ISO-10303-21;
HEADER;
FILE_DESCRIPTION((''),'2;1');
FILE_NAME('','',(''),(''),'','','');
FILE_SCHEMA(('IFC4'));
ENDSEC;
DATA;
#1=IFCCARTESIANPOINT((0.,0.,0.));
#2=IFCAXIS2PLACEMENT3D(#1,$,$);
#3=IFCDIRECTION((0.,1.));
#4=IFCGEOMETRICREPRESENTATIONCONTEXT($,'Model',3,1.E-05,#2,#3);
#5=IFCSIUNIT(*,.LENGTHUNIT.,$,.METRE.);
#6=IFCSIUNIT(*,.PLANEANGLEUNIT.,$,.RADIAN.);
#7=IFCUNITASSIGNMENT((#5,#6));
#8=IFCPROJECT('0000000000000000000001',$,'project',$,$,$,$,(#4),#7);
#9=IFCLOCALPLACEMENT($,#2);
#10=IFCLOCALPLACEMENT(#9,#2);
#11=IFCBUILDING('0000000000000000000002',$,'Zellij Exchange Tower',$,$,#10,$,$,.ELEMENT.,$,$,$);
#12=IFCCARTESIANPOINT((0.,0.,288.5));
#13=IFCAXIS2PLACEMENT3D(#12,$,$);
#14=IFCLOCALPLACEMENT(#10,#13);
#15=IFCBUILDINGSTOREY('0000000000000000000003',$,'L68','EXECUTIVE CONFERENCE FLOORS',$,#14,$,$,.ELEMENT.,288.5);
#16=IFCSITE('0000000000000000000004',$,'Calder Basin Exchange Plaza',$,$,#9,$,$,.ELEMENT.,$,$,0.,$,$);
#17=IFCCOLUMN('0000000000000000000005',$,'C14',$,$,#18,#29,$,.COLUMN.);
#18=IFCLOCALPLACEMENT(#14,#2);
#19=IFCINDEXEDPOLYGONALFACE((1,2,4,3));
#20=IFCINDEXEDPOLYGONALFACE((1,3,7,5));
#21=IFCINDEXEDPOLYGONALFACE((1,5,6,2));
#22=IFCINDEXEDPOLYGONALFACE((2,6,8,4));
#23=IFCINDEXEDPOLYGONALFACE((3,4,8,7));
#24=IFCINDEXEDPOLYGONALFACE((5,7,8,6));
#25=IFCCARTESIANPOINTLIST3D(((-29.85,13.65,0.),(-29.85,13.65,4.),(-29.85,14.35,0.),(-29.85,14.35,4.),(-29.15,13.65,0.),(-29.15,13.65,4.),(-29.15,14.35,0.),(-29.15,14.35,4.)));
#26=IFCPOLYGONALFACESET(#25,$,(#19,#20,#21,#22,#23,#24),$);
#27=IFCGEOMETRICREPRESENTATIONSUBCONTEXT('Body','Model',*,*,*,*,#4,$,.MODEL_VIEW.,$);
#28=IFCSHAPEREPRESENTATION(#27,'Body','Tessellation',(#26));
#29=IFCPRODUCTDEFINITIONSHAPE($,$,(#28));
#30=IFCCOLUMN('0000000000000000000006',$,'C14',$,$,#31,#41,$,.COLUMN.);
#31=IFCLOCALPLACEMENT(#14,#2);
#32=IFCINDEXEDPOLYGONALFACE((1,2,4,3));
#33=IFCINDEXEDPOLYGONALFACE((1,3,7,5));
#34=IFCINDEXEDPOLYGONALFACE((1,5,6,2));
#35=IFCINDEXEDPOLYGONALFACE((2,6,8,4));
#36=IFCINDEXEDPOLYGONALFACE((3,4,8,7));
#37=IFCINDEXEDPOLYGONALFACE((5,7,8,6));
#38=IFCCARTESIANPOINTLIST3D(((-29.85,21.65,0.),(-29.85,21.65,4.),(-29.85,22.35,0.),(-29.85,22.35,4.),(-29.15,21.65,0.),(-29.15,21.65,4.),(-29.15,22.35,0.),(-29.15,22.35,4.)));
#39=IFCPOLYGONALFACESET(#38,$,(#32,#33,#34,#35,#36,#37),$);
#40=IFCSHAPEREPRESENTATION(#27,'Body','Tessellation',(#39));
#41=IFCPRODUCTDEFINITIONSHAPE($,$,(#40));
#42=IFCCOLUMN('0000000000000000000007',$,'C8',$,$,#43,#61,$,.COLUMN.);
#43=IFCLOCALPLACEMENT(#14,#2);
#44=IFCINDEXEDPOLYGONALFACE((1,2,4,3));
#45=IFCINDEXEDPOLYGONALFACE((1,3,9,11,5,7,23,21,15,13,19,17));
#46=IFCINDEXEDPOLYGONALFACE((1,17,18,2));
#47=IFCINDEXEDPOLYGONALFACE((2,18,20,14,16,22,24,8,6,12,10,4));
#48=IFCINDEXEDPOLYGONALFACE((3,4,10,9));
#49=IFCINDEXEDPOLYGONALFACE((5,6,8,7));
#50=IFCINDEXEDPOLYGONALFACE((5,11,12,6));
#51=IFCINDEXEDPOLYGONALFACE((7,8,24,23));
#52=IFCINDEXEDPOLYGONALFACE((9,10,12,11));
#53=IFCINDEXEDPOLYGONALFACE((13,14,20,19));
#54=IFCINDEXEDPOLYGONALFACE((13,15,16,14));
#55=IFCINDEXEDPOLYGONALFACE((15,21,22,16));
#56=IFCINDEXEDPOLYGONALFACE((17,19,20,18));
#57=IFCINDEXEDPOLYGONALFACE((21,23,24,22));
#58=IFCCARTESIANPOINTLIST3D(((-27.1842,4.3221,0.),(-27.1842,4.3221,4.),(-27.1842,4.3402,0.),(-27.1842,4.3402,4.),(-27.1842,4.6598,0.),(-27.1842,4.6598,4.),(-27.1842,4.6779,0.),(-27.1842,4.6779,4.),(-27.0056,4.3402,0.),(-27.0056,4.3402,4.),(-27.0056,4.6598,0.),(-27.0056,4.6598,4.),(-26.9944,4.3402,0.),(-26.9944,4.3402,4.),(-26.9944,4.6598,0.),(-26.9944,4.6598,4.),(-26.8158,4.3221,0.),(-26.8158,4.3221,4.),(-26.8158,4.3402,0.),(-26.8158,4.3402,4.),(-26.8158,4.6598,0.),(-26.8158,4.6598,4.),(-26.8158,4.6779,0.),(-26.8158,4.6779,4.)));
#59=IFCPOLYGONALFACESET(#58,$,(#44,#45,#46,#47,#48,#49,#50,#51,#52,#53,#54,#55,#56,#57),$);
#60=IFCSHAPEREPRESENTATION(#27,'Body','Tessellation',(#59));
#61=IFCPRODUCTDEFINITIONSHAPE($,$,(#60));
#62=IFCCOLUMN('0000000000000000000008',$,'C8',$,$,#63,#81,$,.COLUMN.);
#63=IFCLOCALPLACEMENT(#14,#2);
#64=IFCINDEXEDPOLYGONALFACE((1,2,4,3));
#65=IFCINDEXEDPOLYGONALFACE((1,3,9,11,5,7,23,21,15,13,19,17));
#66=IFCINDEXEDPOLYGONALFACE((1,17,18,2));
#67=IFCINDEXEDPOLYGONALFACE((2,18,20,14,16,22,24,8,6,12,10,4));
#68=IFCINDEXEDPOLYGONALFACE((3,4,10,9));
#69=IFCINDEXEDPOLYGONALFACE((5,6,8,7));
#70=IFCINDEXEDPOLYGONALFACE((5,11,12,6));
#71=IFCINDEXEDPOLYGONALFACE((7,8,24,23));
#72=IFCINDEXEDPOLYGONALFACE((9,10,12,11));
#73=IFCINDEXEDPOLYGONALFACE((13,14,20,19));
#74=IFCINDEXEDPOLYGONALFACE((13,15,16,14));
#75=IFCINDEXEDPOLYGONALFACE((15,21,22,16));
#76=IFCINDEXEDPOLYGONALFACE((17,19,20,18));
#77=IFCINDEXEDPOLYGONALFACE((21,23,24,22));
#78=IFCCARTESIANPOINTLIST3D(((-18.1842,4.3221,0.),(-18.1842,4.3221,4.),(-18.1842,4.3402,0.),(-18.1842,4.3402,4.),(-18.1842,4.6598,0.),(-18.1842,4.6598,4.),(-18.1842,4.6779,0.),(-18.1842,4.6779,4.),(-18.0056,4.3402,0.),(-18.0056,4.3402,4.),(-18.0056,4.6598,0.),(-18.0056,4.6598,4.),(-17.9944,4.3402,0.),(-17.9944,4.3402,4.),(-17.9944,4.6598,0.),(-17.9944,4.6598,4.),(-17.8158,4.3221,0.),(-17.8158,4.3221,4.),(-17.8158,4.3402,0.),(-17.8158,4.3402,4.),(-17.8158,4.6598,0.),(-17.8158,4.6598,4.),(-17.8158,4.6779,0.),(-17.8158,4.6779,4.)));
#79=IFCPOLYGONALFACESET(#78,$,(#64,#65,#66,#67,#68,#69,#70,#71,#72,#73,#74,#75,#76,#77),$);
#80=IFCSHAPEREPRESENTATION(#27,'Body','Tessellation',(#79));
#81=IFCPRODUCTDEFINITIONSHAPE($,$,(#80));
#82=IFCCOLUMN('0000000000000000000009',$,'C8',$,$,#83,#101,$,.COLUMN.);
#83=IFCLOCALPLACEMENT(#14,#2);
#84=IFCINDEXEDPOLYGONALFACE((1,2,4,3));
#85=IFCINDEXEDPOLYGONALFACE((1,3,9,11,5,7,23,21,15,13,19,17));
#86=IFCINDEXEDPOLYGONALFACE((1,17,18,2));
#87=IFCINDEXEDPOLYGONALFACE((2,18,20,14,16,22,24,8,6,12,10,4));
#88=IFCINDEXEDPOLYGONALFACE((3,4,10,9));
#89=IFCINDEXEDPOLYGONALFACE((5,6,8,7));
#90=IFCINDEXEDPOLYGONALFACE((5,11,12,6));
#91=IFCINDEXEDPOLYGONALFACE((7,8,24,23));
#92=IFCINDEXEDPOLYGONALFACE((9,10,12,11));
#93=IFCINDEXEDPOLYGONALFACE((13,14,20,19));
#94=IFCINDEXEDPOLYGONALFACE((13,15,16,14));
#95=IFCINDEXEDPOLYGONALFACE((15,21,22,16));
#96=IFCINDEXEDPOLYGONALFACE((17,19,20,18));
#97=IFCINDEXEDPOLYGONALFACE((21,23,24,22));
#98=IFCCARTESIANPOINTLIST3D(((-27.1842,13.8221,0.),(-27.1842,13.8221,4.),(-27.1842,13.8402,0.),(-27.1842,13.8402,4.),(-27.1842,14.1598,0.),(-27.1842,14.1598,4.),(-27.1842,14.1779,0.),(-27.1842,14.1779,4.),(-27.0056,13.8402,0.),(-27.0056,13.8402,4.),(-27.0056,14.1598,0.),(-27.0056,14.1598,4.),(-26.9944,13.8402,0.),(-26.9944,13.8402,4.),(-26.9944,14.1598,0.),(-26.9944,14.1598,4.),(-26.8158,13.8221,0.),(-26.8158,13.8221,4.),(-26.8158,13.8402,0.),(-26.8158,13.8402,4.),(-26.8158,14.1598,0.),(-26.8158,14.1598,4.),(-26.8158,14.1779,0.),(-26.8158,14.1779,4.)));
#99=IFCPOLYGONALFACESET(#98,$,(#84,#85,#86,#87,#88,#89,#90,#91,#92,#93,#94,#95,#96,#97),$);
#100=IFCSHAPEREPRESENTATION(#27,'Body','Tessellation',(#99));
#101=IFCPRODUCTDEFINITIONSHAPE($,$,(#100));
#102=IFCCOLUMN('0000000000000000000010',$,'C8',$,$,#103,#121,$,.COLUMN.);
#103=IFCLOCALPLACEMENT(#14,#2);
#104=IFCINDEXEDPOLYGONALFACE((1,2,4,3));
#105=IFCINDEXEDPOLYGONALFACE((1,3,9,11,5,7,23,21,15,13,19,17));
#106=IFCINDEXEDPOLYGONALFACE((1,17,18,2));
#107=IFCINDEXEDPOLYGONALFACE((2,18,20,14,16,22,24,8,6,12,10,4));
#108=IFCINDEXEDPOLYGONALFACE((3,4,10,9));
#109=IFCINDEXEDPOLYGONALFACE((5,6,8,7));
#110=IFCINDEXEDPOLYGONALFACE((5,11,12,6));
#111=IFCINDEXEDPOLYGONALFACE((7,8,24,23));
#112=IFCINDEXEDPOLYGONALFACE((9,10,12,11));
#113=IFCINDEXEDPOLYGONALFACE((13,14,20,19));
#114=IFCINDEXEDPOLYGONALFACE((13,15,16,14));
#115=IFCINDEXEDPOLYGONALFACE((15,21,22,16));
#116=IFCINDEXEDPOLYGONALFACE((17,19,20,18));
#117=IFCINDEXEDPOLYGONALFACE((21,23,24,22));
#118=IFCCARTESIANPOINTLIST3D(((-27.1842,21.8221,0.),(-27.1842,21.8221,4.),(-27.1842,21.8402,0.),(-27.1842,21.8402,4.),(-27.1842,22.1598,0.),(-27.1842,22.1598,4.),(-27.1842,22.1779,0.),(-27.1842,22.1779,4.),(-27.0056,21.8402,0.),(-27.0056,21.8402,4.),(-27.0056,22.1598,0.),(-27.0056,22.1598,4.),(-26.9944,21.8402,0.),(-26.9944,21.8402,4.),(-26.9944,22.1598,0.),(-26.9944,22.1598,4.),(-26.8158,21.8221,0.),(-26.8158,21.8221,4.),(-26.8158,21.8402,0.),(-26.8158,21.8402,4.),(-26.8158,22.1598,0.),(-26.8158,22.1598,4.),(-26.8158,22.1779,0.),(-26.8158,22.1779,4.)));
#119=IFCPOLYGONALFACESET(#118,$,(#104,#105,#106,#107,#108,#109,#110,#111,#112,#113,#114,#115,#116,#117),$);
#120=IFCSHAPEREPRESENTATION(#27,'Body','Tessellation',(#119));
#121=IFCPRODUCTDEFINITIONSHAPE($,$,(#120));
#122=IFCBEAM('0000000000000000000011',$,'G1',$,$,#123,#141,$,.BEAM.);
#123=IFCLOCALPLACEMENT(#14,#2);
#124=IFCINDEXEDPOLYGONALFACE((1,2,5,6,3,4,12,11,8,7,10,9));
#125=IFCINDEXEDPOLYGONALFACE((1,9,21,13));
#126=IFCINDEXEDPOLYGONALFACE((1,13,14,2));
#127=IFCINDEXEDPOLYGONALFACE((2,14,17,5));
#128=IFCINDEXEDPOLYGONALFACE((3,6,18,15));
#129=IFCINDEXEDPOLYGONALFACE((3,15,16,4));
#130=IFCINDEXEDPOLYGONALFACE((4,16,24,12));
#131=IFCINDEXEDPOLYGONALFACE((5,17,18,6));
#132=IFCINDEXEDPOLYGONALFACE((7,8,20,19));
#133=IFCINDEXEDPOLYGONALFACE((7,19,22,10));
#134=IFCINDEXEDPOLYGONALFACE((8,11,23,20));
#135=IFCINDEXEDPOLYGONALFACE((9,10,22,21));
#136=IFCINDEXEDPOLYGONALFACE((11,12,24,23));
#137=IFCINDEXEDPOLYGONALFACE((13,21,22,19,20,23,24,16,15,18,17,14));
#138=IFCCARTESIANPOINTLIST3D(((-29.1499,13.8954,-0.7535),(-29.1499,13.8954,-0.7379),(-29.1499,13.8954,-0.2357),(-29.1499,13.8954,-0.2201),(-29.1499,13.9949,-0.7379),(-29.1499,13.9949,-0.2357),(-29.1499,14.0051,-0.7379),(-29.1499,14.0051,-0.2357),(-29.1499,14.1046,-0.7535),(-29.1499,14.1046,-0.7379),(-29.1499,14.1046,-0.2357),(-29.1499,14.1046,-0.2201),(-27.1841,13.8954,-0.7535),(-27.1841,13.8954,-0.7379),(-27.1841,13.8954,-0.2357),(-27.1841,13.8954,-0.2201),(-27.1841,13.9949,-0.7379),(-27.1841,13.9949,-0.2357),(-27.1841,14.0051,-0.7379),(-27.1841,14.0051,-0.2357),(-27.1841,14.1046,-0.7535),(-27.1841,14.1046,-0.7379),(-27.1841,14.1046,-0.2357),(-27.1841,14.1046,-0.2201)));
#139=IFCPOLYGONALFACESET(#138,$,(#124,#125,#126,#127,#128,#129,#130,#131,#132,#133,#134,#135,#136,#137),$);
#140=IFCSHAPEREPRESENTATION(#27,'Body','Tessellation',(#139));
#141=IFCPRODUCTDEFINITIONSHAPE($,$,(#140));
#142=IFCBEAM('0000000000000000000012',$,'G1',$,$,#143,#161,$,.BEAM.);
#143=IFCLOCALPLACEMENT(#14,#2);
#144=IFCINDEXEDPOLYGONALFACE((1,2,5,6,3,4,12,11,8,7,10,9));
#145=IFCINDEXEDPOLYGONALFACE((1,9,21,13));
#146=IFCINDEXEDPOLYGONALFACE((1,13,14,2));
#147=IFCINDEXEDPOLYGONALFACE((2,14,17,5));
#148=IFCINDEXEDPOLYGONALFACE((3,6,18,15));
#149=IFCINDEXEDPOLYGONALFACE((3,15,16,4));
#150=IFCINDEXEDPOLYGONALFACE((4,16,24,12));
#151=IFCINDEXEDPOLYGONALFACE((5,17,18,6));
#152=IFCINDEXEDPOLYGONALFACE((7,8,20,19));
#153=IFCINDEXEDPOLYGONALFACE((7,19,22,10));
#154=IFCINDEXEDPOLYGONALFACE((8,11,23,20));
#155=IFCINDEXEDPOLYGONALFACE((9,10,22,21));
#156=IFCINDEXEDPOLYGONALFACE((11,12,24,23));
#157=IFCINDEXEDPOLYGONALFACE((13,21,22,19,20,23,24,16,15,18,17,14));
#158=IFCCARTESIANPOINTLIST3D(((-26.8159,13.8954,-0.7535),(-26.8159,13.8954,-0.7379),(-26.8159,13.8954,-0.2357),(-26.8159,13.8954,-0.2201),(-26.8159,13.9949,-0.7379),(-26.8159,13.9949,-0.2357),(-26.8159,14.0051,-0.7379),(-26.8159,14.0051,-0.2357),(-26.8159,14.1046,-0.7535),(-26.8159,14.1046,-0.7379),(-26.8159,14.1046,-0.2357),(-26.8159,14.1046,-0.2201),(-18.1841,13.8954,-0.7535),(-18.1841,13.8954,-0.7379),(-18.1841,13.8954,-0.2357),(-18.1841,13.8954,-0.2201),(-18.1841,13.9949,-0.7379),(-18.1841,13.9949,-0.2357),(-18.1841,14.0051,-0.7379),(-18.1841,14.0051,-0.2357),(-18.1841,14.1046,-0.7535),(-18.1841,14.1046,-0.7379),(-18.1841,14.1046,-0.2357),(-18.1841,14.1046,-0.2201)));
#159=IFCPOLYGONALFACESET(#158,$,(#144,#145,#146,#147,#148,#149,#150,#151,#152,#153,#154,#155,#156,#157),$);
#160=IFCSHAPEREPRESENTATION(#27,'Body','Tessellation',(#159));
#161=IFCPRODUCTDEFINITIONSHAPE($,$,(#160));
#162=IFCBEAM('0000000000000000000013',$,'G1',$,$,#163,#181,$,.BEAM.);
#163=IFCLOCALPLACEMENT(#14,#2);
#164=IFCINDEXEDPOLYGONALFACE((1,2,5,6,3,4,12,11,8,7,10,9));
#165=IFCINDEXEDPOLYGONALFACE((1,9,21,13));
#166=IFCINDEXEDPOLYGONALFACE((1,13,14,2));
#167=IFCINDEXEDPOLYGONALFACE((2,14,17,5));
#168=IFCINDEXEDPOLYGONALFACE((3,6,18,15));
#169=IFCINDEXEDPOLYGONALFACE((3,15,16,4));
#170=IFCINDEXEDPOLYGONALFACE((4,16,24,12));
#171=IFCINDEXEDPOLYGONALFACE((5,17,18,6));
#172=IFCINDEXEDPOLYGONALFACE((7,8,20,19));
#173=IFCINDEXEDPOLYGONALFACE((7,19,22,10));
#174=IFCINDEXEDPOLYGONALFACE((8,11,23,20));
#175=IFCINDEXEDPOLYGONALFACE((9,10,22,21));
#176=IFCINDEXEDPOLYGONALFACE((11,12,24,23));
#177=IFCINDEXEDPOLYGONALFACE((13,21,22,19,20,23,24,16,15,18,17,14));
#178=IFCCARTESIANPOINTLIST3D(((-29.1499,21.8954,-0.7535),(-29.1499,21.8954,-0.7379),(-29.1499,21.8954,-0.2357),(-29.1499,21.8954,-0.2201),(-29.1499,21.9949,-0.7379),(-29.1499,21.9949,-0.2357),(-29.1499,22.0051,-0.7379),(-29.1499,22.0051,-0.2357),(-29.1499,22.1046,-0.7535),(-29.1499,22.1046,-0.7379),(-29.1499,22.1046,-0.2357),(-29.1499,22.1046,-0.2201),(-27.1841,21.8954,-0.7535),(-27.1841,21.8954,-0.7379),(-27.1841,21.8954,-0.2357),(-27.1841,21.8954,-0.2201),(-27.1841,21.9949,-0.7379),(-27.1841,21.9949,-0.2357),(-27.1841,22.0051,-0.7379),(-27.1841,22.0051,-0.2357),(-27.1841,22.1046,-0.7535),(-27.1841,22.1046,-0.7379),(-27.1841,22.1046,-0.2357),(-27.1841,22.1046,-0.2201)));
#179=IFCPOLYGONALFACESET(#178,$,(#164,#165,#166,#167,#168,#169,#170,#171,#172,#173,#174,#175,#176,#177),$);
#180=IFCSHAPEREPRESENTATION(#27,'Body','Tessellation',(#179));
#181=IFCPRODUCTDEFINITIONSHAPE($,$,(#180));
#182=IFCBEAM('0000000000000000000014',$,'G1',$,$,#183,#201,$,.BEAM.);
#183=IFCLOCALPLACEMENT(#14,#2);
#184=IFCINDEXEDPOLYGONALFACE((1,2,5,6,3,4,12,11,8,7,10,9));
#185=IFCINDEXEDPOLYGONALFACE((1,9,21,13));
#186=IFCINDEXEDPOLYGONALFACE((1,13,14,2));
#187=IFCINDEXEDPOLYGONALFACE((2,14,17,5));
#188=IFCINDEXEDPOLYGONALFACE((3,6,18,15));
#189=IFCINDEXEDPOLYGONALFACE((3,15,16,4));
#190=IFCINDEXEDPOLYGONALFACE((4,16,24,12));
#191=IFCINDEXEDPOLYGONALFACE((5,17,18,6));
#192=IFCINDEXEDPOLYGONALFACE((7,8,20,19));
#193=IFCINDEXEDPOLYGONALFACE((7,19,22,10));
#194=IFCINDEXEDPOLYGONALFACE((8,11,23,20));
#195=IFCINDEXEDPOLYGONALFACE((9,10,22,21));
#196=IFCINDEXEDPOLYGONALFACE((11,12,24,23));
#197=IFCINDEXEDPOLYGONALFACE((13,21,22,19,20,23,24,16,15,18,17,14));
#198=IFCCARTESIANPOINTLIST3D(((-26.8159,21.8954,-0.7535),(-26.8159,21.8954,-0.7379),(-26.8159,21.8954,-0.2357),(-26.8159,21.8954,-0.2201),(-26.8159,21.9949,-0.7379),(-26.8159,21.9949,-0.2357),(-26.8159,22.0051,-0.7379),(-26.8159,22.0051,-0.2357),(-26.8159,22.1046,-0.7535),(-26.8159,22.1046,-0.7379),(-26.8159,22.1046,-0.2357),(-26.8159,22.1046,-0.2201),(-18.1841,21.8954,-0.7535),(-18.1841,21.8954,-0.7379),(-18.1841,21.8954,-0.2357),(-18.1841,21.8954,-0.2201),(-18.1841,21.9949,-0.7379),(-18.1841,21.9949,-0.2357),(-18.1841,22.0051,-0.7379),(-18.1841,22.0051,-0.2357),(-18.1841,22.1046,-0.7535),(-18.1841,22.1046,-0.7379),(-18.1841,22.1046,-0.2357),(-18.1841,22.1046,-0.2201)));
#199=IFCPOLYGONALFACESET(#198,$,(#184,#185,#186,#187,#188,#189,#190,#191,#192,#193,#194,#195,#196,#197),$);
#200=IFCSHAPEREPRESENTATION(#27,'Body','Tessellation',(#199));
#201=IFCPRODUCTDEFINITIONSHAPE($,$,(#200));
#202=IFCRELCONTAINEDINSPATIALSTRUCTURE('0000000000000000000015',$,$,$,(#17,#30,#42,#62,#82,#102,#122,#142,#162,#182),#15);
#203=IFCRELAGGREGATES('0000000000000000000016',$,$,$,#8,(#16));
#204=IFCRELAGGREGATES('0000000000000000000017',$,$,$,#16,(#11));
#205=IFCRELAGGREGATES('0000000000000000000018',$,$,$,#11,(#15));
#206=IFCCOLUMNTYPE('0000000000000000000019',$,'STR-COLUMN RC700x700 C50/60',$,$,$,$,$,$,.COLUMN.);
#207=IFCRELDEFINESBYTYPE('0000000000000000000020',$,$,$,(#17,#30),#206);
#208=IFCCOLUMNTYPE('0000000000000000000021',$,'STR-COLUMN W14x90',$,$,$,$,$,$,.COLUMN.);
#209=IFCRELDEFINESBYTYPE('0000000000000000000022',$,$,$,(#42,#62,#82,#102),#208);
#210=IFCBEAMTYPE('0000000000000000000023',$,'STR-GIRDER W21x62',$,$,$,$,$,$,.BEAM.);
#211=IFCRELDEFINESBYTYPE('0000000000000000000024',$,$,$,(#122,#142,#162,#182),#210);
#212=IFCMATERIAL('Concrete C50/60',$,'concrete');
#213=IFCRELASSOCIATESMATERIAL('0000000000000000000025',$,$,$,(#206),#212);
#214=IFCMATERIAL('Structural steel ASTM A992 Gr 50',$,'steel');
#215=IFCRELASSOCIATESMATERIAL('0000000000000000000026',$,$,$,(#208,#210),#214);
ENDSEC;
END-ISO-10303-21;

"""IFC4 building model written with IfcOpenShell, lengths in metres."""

from ifc_helpers import new_model, si_unit, direction, frame, origin, origin_2d, place, context, subcontext, project, spatial, rectangle, i_section, extrude, material, material_profile, profile_set, type_object, element, save


model = new_model("IFC4")

# Units and contexts
model_context = context("Model", 3, precision=1e-05, world=origin(), true_north=direction((0.0, 1.0)))
body_context = subcontext(model_context, "Body", "Model", "MODEL_VIEW")
ifc_project = project(units=[si_unit("LENGTHUNIT", "METRE"), si_unit("PLANEANGLEUNIT", "RADIAN")], contexts=[model_context])

# Site, building, storey
site_placement = place(None, origin())
site = spatial("IfcSite", under=ifc_project, at=site_placement, Name="Calder Basin Exchange Plaza", CompositionType="ELEMENT", RefElevation=0.0)
building_placement = place(site_placement, origin())
building = spatial("IfcBuilding", under=site, at=building_placement, Name="Zellij Exchange Tower", CompositionType="ELEMENT")
storey_placement = place(building_placement, frame((0.0, 0.0, 288.5)))
storey = spatial("IfcBuildingStorey", under=building, at=storey_placement, Name="L68", Description="EXECUTIVE CONFERENCE FLOORS", CompositionType="ELEMENT", Elevation=288.5)

# Columns
ifc_material_1 = material(Name="Concrete C50/60", Category="concrete")
ifc_material_profile_1 = material_profile(ifc_material_1, rectangle(XDim=0.7, YDim=0.7, at=origin_2d()), Name="STR-COLUMN RC700x700 C50/60")
ifc_profile_set_1 = profile_set([ifc_material_profile_1], Name="Concrete C50/60")
column_type_1 = type_object("IfcColumnType", Name="STR-COLUMN RC700x700 C50/60", PredefinedType="COLUMN", material=ifc_profile_set_1)
for number, where, z_axis, x_axis, name in (
    (1, (-29.5, 14.0, 0.0), (0.0, 0.0, 1.0), (1.0, 0.0, 0.0), "C14"),
    (2, (-29.5, 22.0, 0.0), (0.0, 0.0, 1.0), (1.0, 0.0, 0.0), "C14"),
):
    element("IfcColumn", number, at=place(storey_placement, frame(where, z_axis=z_axis, x_axis=x_axis)), inside=storey, type_object=column_type_1, Name=name, PredefinedType="COLUMN", context=body_context, shape_type="SweptSolid", body=[
        extrude(rectangle(XDim=0.7, YDim=0.7, at=origin_2d()), origin(), (0.0, 0.0, 1.0), 4.0),
    ])
ifc_material_2 = material(Name="Structural steel ASTM A992 Gr 50", Category="steel")
ifc_material_profile_2 = material_profile(ifc_material_2, i_section(OverallWidth=0.3684, OverallDepth=0.3557, WebThickness=0.0112, FlangeThickness=0.0181, at=origin_2d()), Name="W14x90")
ifc_profile_set_2 = profile_set([ifc_material_profile_2], Name="Structural steel ASTM A992 Gr 50")
column_type_2 = type_object("IfcColumnType", Name="STR-COLUMN W14x90", PredefinedType="COLUMN", material=ifc_profile_set_2)
for number, where, z_axis, x_axis, name in (
    (3, (-27.0, 4.5, 0.0), (0.0, 0.0, 1.0), (1.0, 0.0, 0.0), "C8"),
    (4, (-18.0, 4.5, 0.0), (0.0, 0.0, 1.0), (1.0, 0.0, 0.0), "C8"),
    (5, (-27.0, 14.0, 0.0), (0.0, 0.0, 1.0), (1.0, 0.0, 0.0), "C8"),
    (6, (-27.0, 22.0, 0.0), (0.0, 0.0, 1.0), (1.0, 0.0, 0.0), "C8"),
):
    element("IfcColumn", number, at=place(storey_placement, frame(where, z_axis=z_axis, x_axis=x_axis)), inside=storey, type_object=column_type_2, Name=name, PredefinedType="COLUMN", context=body_context, shape_type="SweptSolid", body=[
        extrude(i_section(OverallWidth=0.3684, OverallDepth=0.3557, WebThickness=0.0112, FlangeThickness=0.0181, at=origin_2d()), origin(), (0.0, 0.0, 1.0), 4.0),
    ])

# Beams
ifc_material_profile_3 = material_profile(ifc_material_2, i_section(OverallWidth=0.2092, OverallDepth=0.5334, WebThickness=0.0103, FlangeThickness=0.0156, at=origin_2d()), Name="W21x62")
ifc_profile_set_3 = profile_set([ifc_material_profile_3], Name="Structural steel ASTM A992 Gr 50")
beam_type = type_object("IfcBeamType", Name="STR-GIRDER W21x62", PredefinedType="BEAM", material=ifc_profile_set_3)
beam_1_placement = place(storey_placement, frame((-29.1499, 14.0, -0.4868), z_axis=(1.0, 0.0, 0.0), x_axis=(0.0, 1.0, 0.0)))
element("IfcBeam", 7, at=beam_1_placement, inside=storey, type_object=beam_type, Name="G1", PredefinedType="BEAM", context=body_context, shape_type="SweptSolid", body=[
    extrude(i_section(OverallWidth=0.2092, OverallDepth=0.5334, WebThickness=0.0103, FlangeThickness=0.0156, at=origin_2d()), origin(), (0.0, 0.0, 1.0), 1.9658),
])
beam_2_placement = place(storey_placement, frame((-26.8159, 14.0, -0.4868), z_axis=(1.0, 0.0, 0.0), x_axis=(0.0, 1.0, 0.0)))
element("IfcBeam", 8, at=beam_2_placement, inside=storey, type_object=beam_type, Name="G1", PredefinedType="BEAM", context=body_context, shape_type="SweptSolid", body=[
    extrude(i_section(OverallWidth=0.2092, OverallDepth=0.5334, WebThickness=0.0103, FlangeThickness=0.0156, at=origin_2d()), origin(), (0.0, 0.0, 1.0), 8.6318),
])
beam_3_placement = place(storey_placement, frame((-29.1499, 22.0, -0.4868), z_axis=(1.0, 0.0, 0.0), x_axis=(0.0, 1.0, 0.0)))
element("IfcBeam", 9, at=beam_3_placement, inside=storey, type_object=beam_type, Name="G1", PredefinedType="BEAM", context=body_context, shape_type="SweptSolid", body=[
    extrude(i_section(OverallWidth=0.2092, OverallDepth=0.5334, WebThickness=0.0103, FlangeThickness=0.0156, at=origin_2d()), origin(), (0.0, 0.0, 1.0), 1.9658),
])
beam_4_placement = place(storey_placement, frame((-26.8159, 22.0, -0.4868), z_axis=(1.0, 0.0, 0.0), x_axis=(0.0, 1.0, 0.0)))
element("IfcBeam", 10, at=beam_4_placement, inside=storey, type_object=beam_type, Name="G1", PredefinedType="BEAM", context=body_context, shape_type="SweptSolid", body=[
    extrude(i_section(OverallWidth=0.2092, OverallDepth=0.5334, WebThickness=0.0103, FlangeThickness=0.0156, at=origin_2d()), origin(), (0.0, 0.0, 1.0), 8.6318),
])

save(model, "model.ifc")
